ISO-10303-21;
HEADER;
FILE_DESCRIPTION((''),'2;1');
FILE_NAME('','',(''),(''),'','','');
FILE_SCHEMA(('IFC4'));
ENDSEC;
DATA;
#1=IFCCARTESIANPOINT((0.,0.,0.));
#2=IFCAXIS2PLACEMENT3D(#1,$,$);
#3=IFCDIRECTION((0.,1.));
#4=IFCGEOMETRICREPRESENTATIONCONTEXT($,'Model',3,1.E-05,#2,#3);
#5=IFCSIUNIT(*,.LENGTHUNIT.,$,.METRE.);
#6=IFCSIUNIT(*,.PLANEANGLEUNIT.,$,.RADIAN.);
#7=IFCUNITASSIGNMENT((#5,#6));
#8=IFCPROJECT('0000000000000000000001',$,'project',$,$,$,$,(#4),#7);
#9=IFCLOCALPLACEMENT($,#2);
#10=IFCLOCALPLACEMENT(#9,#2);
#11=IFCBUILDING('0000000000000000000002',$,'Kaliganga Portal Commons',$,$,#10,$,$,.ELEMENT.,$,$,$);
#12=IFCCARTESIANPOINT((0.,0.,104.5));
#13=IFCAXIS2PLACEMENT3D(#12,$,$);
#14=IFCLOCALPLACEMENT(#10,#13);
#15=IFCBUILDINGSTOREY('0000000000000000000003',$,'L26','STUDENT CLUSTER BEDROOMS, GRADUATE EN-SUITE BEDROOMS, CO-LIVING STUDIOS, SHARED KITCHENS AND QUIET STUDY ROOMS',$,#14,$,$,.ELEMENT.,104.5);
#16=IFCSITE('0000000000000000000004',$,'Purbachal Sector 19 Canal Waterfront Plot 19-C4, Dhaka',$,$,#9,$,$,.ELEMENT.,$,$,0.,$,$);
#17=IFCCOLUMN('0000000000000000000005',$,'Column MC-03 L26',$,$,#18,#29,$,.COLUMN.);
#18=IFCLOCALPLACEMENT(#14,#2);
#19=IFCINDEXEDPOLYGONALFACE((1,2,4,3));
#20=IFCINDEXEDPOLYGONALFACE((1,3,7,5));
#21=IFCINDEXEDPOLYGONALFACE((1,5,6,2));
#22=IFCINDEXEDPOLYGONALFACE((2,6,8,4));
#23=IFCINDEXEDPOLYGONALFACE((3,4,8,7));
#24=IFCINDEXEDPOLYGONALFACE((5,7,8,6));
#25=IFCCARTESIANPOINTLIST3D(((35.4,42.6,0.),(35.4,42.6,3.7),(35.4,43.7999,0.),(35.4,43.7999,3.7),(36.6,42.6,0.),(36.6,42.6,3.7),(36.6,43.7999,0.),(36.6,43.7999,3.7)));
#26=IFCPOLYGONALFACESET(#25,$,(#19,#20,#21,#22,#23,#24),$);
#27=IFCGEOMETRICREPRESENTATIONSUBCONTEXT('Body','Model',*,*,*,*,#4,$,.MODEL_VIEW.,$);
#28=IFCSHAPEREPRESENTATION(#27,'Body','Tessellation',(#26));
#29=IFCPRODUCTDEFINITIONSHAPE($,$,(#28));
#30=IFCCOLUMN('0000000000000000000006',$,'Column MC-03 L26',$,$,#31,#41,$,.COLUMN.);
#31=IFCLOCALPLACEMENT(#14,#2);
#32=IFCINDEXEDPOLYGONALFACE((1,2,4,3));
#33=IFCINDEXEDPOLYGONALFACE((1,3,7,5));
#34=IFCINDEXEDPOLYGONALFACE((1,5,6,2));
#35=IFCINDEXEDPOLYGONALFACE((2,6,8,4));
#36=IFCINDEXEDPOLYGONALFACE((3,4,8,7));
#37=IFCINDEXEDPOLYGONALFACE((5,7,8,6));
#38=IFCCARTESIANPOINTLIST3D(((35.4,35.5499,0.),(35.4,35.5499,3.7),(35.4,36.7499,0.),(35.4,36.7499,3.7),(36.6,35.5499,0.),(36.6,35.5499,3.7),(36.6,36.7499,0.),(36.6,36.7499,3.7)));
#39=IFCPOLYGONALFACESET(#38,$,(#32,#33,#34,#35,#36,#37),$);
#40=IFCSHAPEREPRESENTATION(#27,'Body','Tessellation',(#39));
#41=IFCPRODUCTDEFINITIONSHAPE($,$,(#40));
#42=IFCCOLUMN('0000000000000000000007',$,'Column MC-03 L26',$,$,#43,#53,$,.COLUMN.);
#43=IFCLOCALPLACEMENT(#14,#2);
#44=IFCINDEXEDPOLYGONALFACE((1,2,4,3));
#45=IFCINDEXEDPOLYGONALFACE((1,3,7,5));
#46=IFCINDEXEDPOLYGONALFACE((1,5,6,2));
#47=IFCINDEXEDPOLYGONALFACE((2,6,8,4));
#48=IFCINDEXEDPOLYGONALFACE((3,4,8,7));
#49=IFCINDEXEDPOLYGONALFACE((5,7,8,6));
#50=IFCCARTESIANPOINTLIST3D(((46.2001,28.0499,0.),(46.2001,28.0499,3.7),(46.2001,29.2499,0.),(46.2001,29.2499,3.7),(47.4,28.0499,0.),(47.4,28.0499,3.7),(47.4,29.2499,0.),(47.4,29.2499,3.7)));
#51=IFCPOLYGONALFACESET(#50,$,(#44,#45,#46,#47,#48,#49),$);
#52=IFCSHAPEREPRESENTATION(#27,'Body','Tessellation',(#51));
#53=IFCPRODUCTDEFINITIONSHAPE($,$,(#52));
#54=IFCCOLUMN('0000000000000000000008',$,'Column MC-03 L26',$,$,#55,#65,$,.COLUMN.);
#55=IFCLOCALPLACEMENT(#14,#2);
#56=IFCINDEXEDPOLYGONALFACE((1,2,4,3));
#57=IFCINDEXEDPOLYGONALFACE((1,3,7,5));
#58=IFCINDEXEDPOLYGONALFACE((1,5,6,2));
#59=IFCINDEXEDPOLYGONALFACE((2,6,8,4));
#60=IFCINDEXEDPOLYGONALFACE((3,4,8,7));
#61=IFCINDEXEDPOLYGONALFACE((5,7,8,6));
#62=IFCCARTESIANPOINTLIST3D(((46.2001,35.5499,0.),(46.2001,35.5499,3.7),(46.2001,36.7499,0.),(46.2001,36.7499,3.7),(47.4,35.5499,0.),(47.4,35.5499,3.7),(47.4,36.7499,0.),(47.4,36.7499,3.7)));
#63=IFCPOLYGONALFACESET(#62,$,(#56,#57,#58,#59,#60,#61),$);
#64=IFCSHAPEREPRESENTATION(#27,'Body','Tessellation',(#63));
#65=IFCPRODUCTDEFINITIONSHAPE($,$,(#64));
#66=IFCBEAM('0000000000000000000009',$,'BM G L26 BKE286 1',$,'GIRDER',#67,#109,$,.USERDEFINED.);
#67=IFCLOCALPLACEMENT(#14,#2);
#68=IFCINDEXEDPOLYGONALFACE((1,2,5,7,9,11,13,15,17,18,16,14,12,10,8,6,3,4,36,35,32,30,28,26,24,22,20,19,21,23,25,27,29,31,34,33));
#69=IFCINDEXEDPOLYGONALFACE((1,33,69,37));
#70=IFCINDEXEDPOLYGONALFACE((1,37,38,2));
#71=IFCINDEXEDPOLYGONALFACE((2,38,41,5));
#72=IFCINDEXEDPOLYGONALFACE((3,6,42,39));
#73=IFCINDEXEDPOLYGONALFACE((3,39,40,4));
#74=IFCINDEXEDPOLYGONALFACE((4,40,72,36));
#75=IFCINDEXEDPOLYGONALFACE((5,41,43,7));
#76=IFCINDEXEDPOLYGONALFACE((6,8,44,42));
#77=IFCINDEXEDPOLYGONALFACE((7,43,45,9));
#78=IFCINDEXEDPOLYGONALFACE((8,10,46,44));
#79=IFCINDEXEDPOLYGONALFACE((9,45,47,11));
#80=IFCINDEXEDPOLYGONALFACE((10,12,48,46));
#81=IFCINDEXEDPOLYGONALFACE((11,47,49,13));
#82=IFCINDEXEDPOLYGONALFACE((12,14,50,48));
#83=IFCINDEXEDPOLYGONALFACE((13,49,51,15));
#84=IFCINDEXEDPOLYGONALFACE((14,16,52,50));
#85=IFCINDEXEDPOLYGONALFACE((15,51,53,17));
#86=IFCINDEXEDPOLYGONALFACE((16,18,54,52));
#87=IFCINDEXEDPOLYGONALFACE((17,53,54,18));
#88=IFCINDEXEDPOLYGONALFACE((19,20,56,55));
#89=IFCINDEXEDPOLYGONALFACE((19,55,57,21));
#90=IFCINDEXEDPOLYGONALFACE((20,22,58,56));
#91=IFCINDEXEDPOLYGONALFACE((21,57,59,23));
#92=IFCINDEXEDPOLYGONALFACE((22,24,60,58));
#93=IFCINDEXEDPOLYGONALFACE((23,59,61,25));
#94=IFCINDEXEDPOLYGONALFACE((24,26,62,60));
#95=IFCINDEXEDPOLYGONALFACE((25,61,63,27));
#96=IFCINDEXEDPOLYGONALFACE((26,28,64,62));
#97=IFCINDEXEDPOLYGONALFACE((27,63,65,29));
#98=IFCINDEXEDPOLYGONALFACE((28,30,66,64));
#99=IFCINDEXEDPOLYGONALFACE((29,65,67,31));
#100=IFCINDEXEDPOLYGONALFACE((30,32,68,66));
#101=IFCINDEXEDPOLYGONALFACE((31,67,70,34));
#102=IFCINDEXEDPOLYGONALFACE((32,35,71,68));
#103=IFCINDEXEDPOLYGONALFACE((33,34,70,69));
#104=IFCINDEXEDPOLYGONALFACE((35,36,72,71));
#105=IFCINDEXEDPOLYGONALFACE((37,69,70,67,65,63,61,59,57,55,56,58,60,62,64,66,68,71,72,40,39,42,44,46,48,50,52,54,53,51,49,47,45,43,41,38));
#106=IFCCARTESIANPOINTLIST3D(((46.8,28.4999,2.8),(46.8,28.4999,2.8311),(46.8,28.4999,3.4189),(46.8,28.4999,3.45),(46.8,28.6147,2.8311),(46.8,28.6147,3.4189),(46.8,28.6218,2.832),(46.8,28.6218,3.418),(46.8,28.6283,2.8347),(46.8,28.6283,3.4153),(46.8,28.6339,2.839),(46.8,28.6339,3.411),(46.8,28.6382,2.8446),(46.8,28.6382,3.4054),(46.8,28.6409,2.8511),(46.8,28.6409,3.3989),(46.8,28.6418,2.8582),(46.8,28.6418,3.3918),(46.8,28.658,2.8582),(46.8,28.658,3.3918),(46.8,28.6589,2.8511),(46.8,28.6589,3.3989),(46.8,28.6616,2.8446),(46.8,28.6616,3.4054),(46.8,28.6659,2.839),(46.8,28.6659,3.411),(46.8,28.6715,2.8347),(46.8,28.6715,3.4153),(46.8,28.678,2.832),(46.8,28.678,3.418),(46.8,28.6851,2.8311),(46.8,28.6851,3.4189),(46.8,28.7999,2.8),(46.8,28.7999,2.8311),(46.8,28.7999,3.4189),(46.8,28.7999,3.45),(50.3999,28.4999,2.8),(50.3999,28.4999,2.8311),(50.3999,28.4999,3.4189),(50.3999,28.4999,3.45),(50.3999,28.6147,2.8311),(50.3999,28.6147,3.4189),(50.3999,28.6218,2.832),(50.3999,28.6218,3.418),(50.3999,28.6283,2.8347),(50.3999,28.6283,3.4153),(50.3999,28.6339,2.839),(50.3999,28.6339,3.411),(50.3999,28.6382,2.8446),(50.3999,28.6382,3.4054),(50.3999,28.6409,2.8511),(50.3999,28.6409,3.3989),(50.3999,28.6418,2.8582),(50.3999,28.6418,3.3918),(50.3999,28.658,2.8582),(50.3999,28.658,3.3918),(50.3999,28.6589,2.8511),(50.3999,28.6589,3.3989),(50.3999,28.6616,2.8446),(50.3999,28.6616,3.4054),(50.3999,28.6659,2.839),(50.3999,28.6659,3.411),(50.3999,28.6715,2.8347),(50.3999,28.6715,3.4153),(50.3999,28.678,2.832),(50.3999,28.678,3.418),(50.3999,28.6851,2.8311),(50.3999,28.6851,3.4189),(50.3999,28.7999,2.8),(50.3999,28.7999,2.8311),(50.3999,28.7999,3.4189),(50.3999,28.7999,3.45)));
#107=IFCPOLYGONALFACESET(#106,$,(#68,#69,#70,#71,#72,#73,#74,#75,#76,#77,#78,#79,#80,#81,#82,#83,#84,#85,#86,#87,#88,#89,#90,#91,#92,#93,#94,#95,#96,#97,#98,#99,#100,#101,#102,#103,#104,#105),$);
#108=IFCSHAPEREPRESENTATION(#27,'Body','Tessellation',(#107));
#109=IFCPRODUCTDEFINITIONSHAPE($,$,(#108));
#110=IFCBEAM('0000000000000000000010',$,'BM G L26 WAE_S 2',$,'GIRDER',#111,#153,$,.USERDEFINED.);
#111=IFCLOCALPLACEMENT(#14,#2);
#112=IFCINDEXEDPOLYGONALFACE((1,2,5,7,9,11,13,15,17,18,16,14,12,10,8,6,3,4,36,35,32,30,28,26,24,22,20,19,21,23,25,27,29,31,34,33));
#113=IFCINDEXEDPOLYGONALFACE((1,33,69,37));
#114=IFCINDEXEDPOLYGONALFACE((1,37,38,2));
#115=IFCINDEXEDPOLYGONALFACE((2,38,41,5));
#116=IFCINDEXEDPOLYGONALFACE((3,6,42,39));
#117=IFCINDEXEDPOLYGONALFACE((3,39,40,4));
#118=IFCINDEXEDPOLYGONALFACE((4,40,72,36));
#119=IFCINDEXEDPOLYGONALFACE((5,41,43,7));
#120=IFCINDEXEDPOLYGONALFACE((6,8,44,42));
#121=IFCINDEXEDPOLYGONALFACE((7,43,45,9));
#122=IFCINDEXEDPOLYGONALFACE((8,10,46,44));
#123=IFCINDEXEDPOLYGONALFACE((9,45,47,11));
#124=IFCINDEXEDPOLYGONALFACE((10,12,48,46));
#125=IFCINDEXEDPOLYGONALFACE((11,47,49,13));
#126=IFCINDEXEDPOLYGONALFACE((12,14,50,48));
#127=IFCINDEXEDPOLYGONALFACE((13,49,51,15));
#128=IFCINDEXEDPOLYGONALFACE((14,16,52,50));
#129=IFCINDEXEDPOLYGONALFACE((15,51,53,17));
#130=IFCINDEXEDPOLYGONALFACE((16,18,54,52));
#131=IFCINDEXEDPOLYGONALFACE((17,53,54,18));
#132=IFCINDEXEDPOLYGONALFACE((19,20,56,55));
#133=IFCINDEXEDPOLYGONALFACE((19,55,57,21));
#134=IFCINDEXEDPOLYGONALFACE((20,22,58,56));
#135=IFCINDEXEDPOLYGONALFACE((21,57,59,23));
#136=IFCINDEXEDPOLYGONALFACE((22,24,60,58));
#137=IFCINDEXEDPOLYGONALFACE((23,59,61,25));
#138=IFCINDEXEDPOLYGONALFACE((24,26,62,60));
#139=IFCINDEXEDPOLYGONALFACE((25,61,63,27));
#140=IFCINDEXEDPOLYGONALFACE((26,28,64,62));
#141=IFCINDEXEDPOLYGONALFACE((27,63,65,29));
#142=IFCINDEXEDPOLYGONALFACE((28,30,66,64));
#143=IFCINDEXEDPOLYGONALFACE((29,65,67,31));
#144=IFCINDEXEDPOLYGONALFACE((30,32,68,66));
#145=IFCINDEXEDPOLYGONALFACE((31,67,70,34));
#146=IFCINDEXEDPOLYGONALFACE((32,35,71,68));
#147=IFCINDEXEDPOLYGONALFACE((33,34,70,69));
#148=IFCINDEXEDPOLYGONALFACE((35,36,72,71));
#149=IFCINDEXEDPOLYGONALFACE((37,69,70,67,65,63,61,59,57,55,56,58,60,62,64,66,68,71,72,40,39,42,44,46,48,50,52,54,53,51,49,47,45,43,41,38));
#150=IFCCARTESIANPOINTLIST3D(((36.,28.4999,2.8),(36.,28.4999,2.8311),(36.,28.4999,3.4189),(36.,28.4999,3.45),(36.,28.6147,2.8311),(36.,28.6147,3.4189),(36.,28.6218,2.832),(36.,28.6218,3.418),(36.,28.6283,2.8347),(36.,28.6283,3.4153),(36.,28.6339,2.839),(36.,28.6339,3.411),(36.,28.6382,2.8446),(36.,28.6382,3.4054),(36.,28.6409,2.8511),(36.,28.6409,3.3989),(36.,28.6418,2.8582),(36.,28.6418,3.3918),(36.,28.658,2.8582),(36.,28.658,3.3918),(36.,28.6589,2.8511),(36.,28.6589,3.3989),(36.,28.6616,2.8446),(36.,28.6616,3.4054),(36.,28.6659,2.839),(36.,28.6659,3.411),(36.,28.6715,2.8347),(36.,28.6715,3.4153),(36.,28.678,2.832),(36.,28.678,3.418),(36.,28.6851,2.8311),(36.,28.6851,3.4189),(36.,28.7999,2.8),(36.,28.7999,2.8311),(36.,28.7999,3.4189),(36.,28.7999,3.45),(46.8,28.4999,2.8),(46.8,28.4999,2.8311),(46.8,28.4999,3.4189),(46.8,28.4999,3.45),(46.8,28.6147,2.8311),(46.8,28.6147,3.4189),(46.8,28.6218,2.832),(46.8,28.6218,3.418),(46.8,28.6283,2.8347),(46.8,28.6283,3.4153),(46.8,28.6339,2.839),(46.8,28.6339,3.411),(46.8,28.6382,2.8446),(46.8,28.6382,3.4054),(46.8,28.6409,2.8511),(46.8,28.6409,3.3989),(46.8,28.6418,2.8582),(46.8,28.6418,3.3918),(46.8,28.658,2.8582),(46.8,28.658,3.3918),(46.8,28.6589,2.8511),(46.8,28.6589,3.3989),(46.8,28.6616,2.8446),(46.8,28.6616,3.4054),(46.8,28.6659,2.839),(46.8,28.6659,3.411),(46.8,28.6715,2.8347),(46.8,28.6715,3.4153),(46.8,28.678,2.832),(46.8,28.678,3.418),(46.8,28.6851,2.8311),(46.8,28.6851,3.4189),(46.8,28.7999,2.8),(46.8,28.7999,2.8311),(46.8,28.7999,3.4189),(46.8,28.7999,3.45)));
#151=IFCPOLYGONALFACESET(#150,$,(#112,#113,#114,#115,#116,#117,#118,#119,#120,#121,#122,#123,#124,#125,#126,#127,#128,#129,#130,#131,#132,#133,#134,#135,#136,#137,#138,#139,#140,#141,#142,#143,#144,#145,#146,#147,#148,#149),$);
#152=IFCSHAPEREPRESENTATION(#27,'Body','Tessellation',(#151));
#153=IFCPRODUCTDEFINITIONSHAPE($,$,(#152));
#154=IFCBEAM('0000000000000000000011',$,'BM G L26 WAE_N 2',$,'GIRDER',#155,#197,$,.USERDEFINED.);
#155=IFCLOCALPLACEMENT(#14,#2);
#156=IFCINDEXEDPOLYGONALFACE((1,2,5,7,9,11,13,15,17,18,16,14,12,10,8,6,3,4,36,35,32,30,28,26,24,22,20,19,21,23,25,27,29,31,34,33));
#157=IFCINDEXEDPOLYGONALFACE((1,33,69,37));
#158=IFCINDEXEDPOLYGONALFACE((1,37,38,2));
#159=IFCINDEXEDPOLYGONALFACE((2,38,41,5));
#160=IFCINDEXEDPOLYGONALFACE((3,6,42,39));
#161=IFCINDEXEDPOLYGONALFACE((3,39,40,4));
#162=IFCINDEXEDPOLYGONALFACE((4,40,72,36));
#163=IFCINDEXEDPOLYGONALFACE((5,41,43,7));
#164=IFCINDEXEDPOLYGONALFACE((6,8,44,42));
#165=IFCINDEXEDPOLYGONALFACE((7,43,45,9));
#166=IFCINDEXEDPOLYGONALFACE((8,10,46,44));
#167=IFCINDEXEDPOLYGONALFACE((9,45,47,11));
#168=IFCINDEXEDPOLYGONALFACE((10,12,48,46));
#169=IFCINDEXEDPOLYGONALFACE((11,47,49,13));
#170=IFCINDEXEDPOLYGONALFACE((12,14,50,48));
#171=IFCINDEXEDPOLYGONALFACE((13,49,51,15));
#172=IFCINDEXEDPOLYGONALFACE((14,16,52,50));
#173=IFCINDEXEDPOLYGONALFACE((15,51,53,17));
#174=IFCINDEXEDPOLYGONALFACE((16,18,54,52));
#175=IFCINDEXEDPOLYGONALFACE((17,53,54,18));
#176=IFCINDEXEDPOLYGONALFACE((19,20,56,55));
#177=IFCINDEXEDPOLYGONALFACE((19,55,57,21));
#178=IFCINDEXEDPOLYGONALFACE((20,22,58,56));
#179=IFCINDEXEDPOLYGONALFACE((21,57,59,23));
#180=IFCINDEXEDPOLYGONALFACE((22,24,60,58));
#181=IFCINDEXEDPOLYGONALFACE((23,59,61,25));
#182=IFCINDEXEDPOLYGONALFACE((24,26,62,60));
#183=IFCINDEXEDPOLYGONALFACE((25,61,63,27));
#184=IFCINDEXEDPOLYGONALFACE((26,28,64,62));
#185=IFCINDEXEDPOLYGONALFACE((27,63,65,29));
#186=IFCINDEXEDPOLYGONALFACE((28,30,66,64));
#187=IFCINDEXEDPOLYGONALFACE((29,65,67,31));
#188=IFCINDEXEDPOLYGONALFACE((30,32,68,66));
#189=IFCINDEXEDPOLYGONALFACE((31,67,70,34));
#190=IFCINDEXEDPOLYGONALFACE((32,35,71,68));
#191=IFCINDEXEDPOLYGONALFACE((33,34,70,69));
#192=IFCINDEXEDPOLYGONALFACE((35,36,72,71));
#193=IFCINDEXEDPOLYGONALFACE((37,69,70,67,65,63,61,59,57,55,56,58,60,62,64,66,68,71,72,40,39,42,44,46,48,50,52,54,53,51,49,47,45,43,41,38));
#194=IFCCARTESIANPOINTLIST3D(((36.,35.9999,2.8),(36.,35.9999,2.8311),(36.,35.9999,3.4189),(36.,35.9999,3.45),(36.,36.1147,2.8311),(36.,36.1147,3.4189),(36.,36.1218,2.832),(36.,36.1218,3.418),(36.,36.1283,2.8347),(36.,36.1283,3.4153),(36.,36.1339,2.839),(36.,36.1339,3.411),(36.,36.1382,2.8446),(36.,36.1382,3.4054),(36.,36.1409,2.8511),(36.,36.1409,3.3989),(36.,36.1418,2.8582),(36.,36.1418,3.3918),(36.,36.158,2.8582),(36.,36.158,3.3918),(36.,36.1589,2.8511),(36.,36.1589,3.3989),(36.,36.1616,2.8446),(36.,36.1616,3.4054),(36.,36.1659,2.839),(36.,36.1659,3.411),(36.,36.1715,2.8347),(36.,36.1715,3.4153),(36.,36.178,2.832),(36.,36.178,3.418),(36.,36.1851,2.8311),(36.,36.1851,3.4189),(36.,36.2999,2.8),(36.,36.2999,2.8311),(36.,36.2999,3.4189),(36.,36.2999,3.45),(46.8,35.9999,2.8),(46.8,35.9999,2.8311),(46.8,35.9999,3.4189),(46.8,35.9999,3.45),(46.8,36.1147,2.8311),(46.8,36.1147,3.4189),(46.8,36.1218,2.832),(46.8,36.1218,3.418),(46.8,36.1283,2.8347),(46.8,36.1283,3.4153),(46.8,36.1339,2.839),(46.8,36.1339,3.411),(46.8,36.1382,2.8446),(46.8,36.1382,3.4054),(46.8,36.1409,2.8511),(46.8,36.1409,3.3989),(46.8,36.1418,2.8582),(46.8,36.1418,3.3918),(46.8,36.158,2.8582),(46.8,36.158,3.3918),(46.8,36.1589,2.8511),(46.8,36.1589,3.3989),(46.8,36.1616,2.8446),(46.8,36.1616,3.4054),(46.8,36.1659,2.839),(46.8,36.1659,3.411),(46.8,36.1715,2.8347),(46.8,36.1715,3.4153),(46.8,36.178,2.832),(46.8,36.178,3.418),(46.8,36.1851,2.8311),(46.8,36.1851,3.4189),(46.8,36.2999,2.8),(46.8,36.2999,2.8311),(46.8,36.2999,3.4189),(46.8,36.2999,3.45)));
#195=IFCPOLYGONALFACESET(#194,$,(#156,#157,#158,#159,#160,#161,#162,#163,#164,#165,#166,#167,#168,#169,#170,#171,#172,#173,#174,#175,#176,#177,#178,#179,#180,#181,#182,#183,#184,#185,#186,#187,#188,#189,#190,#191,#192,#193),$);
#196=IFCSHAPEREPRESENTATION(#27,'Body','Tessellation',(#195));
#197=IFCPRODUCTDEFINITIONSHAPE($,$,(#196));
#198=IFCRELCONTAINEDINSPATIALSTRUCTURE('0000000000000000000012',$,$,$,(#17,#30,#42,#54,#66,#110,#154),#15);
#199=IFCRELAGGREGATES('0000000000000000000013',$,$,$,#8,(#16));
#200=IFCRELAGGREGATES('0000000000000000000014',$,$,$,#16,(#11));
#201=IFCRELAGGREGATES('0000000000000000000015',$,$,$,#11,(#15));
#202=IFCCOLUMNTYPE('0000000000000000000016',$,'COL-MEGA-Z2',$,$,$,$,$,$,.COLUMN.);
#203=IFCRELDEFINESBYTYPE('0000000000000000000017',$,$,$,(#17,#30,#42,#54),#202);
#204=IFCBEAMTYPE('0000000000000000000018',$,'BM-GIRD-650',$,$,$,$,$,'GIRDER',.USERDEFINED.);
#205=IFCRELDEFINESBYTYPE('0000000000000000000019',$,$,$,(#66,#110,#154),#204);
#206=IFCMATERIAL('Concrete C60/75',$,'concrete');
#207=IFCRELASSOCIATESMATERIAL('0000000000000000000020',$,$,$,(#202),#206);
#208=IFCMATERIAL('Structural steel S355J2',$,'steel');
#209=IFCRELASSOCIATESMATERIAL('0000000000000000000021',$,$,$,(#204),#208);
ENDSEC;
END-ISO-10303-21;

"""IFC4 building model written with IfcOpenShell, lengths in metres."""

from ifc_helpers import new_model, si_unit, direction, frame, origin, origin_2d, place, context, subcontext, project, spatial, rectangle, i_section, extrude, source, transform, mapped, material, material_profile, profile_set, type_object, element, save


model = new_model("IFC4")

# Units and contexts
model_context = context("Model", 3, precision=1e-05, world=origin(), true_north=direction((0.0, 1.0)))
body_context = subcontext(model_context, "Body", "Model", "MODEL_VIEW")
ifc_project = project(units=[si_unit("LENGTHUNIT", "METRE"), si_unit("PLANEANGLEUNIT", "RADIAN")], contexts=[model_context])

# Site, building, storey
site_placement = place(None, origin())
site = spatial("IfcSite", under=ifc_project, at=site_placement, Name="Purbachal Sector 19 Canal Waterfront Plot 19-C4, Dhaka", CompositionType="ELEMENT", RefElevation=0.0)
building_placement = place(site_placement, origin())
building = spatial("IfcBuilding", under=site, at=building_placement, Name="Kaliganga Portal Commons", CompositionType="ELEMENT")
storey_placement = place(building_placement, frame((0.0, 0.0, 104.5)))
storey = spatial("IfcBuildingStorey", under=building, at=storey_placement, Name="L26", Description="STUDENT CLUSTER BEDROOMS, GRADUATE EN-SUITE BEDROOMS, CO-LIVING STUDIOS, SHARED KITCHENS AND QUIET STUDY ROOMS", CompositionType="ELEMENT", Elevation=104.5)

# Columns
ifc_material_1 = material(Name="Concrete C60/75", Category="concrete")
ifc_material_profile_1 = material_profile(ifc_material_1, rectangle(XDim=1.2, YDim=1.2, at=origin_2d()), Name="RC 1200x1200")
ifc_profile_set_1 = profile_set([ifc_material_profile_1], Name="Concrete C60/75")
column_type = type_object("IfcColumnType", Name="COL-MEGA-Z2", PredefinedType="COLUMN", material=ifc_profile_set_1)
shared_shape_1 = source(origin(), body_context, "Body", "SweptSolid", [
    extrude(rectangle(XDim=1.2, YDim=1.2, at=origin_2d()), origin(), (0.0, 0.0, 1.0), 3.7),
])
for number, where, z_axis, x_axis, name in (
    (1, (36.0, 43.2, 0.0), (0.0, 0.0, 1.0), (1.0, 0.0, 0.0), "Column MC-03 L26"),
    (2, (36.0, 36.1499, 0.0), (0.0, 0.0, 1.0), (1.0, 0.0, 0.0), "Column MC-03 L26"),
    (3, (46.8, 28.6499, 0.0), (0.0, 0.0, 1.0), (1.0, 0.0, 0.0), "Column MC-03 L26"),
    (4, (46.8, 36.1499, 0.0), (0.0, 0.0, 1.0), (1.0, 0.0, 0.0), "Column MC-03 L26"),
):
    element("IfcColumn", number, at=place(storey_placement, frame(where, z_axis=z_axis, x_axis=x_axis)), inside=storey, type_object=column_type, Name=name, PredefinedType="COLUMN", context=body_context, shape_type="MappedRepresentation", body=[
        mapped(shared_shape_1, transform((0.0, 0.0, 0.0), x_axis=(1.0, 0.0, 0.0), y_axis=(0.0, 1.0, 0.0), z_axis=(0.0, 0.0, 1.0), scale=1.0)),
    ])

# Beams
ifc_material_2 = material(Name="Structural steel S355J2", Category="steel")
ifc_material_profile_2 = material_profile(ifc_material_2, i_section(OverallWidth=0.3, OverallDepth=0.6499, WebThickness=0.0161, FlangeThickness=0.031, FilletRadius=0.0271, at=origin_2d()), Name="HE 650 B")
ifc_profile_set_2 = profile_set([ifc_material_profile_2], Name="Structural steel S355J2 wide-flange")
beam_type_1 = type_object("IfcBeamType", Name="BM-GIRD-650", ElementType="GIRDER", PredefinedType="USERDEFINED", material=ifc_profile_set_2)
shared_shape_2 = source(origin(), body_context, "Body", "SweptSolid", [
    extrude(i_section(OverallWidth=0.3, OverallDepth=0.6499, WebThickness=0.0161, FlangeThickness=0.031, FilletRadius=0.0271, at=origin_2d()), origin(), (0.0, 0.0, 1.0), 3.5999),
])
beam_1_placement = place(storey_placement, frame((46.8, 28.6499, 3.125), z_axis=(1.0, 0.0, 0.0), x_axis=(0.0, 1.0, 0.0)))
element("IfcBeam", 5, at=beam_1_placement, inside=storey, type_object=beam_type_1, Name="BM G L26 BKE286 1", ObjectType="GIRDER", PredefinedType="USERDEFINED", context=body_context, shape_type="MappedRepresentation", body=[
    mapped(shared_shape_2, transform((0.0, 0.0, 0.0), x_axis=(1.0, 0.0, 0.0), y_axis=(0.0, 1.0, 0.0), z_axis=(0.0, 0.0, 1.0), scale=1.0)),
])
shared_shape_3 = source(origin(), body_context, "Body", "SweptSolid", [
    extrude(i_section(OverallWidth=0.3, OverallDepth=0.6499, WebThickness=0.0161, FlangeThickness=0.031, FilletRadius=0.0271, at=origin_2d()), origin(), (0.0, 0.0, 1.0), 10.8),
])
for number, where, z_axis, x_axis, name in (
    (6, (36.0, 28.6499, 3.125), (1.0, 0.0, 0.0), (0.0, 1.0, 0.0), "BM G L26 WAE_S 2"),
    (7, (36.0, 36.1499, 3.125), (1.0, 0.0, 0.0), (0.0, 1.0, 0.0), "BM G L26 WAE_N 2"),
):
    element("IfcBeam", number, at=place(storey_placement, frame(where, z_axis=z_axis, x_axis=x_axis)), inside=storey, type_object=beam_type_1, Name=name, ObjectType="GIRDER", PredefinedType="USERDEFINED", context=body_context, shape_type="MappedRepresentation", body=[
        mapped(shared_shape_3, transform((0.0, 0.0, 0.0), x_axis=(1.0, 0.0, 0.0), y_axis=(0.0, 1.0, 0.0), z_axis=(0.0, 0.0, 1.0), scale=1.0)),
    ])

save(model, "model.ifc")
